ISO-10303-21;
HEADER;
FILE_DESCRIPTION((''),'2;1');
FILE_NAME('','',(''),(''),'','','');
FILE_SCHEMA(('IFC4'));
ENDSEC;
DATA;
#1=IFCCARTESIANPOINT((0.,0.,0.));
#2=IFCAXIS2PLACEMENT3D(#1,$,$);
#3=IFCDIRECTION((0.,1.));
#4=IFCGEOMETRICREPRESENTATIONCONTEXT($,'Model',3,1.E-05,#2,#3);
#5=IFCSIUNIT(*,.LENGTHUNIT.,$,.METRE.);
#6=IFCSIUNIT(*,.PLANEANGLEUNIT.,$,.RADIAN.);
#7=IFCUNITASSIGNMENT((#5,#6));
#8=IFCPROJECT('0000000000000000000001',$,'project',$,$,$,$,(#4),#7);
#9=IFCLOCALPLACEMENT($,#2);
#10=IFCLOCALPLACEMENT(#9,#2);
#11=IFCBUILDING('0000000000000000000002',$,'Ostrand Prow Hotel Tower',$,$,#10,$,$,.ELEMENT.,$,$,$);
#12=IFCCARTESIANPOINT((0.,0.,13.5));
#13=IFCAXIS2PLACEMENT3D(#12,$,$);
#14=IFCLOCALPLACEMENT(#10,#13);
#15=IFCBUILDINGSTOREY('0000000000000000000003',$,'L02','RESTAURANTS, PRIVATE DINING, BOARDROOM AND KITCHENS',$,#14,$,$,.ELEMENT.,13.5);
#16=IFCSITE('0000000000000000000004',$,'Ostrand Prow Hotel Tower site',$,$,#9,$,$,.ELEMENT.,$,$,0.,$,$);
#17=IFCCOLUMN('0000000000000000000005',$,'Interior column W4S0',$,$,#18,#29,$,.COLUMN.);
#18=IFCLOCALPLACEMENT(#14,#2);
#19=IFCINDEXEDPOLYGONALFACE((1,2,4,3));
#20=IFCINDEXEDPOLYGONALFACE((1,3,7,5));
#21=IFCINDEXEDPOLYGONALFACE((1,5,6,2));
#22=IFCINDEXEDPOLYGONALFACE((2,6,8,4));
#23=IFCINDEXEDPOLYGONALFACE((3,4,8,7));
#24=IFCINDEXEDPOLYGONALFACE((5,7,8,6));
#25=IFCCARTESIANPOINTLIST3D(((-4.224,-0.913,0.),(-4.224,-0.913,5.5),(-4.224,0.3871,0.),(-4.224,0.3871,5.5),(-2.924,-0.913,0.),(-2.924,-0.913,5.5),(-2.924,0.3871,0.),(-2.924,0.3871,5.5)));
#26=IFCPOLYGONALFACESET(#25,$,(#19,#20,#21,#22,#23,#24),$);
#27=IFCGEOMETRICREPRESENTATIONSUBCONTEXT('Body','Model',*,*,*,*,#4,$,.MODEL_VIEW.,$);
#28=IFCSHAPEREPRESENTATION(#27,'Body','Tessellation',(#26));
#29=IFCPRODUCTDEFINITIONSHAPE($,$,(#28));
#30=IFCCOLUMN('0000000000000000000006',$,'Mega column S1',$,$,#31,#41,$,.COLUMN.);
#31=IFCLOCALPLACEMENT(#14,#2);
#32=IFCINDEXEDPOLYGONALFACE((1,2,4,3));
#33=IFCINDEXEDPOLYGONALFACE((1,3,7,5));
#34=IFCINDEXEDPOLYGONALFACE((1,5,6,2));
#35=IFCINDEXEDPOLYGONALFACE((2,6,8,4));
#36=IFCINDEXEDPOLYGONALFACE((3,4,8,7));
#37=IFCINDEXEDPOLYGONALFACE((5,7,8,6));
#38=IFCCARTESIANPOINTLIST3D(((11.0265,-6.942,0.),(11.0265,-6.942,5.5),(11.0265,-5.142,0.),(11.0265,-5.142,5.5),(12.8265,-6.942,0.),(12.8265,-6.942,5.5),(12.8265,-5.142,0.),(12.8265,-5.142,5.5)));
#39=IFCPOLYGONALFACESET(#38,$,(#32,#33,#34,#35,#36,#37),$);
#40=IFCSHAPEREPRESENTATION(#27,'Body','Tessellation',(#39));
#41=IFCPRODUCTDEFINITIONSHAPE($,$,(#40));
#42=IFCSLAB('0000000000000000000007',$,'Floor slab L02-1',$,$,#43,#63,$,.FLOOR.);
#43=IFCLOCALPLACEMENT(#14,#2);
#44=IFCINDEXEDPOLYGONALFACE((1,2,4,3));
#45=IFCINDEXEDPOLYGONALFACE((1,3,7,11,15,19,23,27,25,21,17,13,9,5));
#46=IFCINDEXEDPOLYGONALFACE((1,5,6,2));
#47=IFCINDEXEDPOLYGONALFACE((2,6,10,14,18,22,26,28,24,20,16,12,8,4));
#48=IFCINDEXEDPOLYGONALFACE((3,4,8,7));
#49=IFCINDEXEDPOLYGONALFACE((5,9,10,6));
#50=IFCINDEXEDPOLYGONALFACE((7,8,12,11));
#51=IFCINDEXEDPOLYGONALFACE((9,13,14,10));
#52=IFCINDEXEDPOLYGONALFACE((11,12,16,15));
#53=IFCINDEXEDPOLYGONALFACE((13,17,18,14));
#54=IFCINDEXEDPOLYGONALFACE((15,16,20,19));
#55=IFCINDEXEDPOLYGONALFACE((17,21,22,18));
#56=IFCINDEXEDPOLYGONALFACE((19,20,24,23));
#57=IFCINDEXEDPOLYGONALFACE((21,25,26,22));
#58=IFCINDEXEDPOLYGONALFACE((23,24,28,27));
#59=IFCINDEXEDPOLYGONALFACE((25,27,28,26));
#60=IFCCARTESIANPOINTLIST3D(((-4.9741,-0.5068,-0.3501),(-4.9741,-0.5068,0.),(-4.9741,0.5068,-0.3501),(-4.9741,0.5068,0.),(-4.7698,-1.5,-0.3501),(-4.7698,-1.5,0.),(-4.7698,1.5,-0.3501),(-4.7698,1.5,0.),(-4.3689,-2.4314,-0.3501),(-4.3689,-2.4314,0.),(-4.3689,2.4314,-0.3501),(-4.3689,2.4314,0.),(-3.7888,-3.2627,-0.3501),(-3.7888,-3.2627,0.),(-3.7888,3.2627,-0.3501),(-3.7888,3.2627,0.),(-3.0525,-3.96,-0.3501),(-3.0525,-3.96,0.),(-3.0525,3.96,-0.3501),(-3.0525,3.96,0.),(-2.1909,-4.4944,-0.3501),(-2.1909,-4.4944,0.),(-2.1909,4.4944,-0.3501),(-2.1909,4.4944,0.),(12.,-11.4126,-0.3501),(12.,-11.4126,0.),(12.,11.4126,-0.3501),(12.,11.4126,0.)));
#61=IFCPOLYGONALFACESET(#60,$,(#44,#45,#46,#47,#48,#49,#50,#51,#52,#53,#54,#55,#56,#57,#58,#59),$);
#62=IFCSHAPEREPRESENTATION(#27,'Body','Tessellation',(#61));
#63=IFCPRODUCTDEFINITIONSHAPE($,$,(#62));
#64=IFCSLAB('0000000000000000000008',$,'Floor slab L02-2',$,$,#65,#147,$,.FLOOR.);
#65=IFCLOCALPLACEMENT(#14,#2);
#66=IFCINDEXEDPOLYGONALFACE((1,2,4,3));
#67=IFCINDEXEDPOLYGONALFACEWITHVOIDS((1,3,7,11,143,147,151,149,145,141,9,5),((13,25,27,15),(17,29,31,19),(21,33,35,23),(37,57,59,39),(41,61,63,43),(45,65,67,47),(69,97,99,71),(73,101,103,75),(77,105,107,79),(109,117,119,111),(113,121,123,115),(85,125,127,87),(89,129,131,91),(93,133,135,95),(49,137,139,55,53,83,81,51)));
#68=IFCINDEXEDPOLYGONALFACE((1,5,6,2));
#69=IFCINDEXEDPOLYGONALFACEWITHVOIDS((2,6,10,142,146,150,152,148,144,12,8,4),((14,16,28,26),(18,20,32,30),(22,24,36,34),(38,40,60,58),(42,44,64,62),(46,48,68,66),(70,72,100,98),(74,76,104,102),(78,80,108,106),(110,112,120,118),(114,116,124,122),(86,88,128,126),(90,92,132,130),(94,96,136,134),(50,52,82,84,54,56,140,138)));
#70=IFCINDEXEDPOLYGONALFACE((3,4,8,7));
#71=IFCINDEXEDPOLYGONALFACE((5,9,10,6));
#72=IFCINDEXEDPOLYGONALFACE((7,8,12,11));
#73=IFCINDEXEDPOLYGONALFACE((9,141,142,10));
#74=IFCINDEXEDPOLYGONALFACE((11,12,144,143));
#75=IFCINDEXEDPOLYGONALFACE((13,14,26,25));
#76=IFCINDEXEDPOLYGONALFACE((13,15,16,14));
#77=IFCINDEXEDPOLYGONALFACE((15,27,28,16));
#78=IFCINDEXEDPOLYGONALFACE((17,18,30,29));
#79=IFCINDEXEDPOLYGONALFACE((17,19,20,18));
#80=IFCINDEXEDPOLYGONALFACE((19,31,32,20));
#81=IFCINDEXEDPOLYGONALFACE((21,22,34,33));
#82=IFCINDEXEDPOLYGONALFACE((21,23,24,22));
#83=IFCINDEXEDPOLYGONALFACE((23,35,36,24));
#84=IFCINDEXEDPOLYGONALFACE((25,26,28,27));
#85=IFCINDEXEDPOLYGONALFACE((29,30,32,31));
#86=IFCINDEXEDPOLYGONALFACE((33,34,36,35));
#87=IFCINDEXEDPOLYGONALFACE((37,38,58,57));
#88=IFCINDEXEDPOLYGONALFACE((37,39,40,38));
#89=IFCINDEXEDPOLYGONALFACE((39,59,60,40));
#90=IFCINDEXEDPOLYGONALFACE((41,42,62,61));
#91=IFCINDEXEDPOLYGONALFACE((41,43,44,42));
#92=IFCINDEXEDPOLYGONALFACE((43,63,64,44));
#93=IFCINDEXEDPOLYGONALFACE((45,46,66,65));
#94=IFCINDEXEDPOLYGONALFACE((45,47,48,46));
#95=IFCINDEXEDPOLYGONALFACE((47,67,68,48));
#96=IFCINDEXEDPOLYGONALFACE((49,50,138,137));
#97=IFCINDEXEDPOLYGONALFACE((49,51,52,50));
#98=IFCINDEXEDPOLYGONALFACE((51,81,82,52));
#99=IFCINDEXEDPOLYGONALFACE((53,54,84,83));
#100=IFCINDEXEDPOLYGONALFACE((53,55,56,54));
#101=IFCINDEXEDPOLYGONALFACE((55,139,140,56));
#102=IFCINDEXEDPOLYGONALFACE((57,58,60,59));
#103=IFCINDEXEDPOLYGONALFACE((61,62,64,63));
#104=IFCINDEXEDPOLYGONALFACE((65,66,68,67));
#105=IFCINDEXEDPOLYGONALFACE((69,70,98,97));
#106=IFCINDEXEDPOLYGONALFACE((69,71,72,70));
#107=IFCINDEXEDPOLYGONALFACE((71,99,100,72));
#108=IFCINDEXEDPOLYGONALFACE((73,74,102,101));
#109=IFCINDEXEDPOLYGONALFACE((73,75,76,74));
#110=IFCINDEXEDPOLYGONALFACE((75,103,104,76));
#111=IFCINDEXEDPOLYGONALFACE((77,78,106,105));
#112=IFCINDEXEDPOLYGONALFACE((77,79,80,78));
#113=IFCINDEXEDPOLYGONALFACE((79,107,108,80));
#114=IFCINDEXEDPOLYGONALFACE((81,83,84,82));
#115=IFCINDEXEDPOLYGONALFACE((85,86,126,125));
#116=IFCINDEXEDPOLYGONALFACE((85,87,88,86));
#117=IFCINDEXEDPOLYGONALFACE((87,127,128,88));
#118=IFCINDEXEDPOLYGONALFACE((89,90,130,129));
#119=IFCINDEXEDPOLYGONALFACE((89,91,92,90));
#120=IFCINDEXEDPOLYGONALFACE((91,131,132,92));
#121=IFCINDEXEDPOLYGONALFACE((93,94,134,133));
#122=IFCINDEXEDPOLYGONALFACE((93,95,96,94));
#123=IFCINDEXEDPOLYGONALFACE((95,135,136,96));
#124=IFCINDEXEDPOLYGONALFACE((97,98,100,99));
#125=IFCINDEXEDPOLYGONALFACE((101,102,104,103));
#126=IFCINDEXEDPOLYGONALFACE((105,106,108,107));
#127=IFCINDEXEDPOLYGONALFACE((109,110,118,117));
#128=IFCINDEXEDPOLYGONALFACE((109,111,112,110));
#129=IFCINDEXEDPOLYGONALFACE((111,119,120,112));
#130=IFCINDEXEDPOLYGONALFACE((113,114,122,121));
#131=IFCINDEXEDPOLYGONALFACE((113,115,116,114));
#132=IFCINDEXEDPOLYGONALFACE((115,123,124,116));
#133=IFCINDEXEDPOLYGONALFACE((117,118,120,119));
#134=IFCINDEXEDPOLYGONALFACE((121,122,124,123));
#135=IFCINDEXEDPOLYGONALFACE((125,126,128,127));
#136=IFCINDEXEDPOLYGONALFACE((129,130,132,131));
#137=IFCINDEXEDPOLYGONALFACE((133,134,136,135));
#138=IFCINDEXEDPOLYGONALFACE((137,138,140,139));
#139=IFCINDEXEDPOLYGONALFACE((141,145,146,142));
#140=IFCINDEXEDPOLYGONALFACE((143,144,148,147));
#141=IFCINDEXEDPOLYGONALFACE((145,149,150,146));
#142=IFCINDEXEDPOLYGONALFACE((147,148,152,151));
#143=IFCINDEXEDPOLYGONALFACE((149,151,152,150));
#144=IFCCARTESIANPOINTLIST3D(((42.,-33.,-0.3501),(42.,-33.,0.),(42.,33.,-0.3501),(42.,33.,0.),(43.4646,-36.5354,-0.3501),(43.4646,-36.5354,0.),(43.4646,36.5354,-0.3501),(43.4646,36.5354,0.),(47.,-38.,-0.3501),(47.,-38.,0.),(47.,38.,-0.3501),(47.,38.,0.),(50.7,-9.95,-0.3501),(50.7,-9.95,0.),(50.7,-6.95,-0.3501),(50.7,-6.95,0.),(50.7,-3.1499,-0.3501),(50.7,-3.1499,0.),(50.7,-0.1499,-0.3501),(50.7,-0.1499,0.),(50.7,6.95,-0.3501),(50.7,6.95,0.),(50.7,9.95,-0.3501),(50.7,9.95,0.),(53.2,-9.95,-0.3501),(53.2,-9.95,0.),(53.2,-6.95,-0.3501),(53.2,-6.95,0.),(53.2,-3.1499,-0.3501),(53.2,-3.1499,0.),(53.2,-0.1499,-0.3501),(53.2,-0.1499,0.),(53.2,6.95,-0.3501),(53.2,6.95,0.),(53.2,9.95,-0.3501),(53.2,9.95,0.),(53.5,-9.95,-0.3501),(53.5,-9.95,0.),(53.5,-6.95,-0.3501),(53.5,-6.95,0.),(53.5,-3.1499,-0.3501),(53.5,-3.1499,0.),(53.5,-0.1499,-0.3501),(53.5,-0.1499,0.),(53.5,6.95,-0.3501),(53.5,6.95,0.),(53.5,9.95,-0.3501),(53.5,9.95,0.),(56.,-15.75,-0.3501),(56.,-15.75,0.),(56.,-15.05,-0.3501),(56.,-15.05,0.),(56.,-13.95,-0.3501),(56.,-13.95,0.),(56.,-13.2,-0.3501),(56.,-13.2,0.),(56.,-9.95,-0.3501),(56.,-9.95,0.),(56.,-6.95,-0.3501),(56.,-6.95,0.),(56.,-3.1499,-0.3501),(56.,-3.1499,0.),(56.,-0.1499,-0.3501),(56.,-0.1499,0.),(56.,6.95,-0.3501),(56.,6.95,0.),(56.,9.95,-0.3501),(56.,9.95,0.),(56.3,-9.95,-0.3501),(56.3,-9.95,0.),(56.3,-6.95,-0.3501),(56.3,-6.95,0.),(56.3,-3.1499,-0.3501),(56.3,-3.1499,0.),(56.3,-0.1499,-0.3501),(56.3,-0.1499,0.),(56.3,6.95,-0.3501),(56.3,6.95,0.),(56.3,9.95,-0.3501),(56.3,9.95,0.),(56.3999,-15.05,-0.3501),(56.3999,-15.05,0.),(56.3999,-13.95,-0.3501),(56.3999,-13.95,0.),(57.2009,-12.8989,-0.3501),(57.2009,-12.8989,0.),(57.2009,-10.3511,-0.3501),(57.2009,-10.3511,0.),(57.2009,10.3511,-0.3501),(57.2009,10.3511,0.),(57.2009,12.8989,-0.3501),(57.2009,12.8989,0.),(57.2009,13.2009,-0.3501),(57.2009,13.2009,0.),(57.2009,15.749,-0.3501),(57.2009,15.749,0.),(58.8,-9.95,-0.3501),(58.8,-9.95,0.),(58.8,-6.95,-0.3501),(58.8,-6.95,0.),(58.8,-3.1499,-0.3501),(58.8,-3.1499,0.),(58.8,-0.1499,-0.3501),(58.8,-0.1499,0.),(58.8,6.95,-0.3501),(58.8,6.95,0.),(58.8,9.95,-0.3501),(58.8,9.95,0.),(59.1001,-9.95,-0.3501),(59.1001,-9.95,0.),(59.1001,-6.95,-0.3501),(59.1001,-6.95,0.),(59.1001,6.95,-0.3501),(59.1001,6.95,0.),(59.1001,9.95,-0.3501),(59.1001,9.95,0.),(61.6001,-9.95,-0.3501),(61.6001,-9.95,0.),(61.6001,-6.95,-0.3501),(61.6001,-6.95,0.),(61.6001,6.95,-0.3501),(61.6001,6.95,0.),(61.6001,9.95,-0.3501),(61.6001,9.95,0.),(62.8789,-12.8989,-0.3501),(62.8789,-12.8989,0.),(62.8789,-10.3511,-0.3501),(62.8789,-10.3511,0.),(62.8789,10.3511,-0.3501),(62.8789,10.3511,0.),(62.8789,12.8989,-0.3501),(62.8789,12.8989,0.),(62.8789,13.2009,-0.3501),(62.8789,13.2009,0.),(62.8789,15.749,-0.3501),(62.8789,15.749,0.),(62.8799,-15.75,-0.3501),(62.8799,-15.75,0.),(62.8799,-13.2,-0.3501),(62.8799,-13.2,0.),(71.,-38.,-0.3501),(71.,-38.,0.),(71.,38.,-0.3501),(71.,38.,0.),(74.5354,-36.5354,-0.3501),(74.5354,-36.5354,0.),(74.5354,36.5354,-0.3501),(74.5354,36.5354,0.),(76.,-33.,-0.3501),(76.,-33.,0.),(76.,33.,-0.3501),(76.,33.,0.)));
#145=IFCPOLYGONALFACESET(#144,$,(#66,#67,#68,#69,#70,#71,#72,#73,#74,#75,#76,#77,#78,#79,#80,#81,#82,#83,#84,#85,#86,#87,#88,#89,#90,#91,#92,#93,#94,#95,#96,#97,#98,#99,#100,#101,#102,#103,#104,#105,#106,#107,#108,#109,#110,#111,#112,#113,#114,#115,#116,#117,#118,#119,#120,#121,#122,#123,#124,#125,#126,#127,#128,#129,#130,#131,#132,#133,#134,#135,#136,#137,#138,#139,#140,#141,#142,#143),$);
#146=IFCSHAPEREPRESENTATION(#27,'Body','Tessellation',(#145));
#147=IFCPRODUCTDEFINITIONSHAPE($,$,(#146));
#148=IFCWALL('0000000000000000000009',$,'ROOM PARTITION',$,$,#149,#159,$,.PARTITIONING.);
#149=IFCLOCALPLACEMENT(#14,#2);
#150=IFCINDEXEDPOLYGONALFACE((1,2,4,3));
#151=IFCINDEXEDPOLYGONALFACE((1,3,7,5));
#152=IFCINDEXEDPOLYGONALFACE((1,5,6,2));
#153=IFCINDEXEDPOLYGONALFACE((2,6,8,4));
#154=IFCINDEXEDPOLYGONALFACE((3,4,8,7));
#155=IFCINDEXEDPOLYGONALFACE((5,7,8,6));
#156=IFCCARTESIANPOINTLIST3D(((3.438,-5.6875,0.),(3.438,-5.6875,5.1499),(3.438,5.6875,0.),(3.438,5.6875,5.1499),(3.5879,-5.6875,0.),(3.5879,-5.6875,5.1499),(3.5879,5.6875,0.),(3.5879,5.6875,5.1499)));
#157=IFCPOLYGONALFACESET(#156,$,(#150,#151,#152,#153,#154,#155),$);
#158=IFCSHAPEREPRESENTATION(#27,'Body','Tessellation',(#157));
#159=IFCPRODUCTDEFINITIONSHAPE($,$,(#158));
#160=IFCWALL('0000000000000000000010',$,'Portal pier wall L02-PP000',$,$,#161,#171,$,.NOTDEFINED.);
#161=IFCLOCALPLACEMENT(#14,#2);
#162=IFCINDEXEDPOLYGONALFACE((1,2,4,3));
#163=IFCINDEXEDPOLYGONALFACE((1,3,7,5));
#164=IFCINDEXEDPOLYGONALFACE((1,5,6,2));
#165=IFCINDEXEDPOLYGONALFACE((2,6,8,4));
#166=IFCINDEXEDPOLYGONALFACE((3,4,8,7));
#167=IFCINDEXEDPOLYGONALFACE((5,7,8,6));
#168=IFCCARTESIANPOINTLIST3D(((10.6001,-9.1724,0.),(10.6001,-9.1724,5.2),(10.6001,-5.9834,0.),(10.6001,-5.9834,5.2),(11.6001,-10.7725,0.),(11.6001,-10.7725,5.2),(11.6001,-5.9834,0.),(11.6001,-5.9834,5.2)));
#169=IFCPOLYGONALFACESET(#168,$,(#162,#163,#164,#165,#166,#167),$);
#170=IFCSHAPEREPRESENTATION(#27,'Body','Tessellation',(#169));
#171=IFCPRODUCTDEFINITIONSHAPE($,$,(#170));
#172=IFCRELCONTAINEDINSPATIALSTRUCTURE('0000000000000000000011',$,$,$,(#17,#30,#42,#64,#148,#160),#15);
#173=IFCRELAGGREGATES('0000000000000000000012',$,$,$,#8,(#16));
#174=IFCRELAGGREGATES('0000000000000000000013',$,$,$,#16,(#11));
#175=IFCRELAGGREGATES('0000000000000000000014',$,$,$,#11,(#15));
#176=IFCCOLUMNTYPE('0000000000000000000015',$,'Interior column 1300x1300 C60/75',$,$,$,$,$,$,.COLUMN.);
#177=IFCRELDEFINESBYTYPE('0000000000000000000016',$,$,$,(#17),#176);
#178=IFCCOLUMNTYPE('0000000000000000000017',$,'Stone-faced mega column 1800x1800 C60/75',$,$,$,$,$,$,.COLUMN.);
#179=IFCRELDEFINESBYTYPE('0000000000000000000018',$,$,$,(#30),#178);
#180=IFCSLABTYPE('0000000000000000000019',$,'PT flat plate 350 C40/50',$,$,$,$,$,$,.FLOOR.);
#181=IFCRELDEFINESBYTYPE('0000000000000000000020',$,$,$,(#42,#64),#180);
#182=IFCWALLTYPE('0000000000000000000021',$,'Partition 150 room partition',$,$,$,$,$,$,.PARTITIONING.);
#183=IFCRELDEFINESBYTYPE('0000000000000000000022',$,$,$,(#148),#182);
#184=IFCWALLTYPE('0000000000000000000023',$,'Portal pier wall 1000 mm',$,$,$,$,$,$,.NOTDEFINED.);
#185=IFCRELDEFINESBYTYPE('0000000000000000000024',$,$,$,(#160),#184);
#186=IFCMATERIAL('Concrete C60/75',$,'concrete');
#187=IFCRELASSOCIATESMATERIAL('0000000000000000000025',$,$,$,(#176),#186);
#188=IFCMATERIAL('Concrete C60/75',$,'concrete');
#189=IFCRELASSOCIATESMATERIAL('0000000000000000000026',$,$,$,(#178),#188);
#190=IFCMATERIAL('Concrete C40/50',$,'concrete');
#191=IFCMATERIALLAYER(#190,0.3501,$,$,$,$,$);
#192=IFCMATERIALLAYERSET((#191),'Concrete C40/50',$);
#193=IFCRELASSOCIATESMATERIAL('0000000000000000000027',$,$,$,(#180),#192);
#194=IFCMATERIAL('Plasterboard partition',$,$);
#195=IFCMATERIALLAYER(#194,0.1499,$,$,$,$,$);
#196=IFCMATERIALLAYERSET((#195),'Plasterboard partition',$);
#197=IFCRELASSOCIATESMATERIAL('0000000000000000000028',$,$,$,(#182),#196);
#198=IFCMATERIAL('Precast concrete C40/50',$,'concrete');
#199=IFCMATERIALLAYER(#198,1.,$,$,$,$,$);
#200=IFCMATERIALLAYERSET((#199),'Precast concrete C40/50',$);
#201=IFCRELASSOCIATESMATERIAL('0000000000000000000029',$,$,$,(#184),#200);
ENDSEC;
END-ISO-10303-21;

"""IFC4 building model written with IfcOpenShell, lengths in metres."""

from ifc_helpers import new_model, si_unit, direction, frame, frame_2d, origin, origin_2d, place, context, subcontext, project, spatial, polyline, rectangle, outline, extrude, material, layer, layer_set, material_profile, profile_set, type_object, element, save


model = new_model("IFC4")

# Units and contexts
model_context = context("Model", 3, precision=1e-05, world=origin(), true_north=direction((0.0, 1.0)))
body_context = subcontext(model_context, "Body", "Model", "MODEL_VIEW")
ifc_project = project(units=[si_unit("LENGTHUNIT", "METRE"), si_unit("PLANEANGLEUNIT", "RADIAN")], contexts=[model_context])

# Site, building, storey
site_placement = place(None, origin())
site = spatial("IfcSite", under=ifc_project, at=site_placement, Name="Ostrand Prow Hotel Tower site", CompositionType="ELEMENT", RefElevation=0.0)
building_placement = place(site_placement, origin())
building = spatial("IfcBuilding", under=site, at=building_placement, Name="Ostrand Prow Hotel Tower", CompositionType="ELEMENT")
storey_placement = place(building_placement, frame((0.0, 0.0, 13.5)))
storey = spatial("IfcBuildingStorey", under=building, at=storey_placement, Name="L02", Description="RESTAURANTS, PRIVATE DINING, BOARDROOM AND KITCHENS", CompositionType="ELEMENT", Elevation=13.5)

# Columns
ifc_material_1 = material(Name="Concrete C60/75", Category="concrete")
ifc_material_profile_1 = material_profile(ifc_material_1, rectangle(XDim=1.3, YDim=1.3, at=origin_2d()), Name="RC 1300x1300")
ifc_profile_set_1 = profile_set([ifc_material_profile_1], Name="Concrete C60/75")
column_type_1 = type_object("IfcColumnType", Name="Interior column 1300x1300 C60/75", PredefinedType="COLUMN", material=ifc_profile_set_1)
column_1_placement = place(storey_placement, frame((-3.574, -0.2629, 0.0), z_axis=(0.0, 0.0, 1.0), x_axis=(1.0, 0.0, 0.0)))
element("IfcColumn", 1, at=column_1_placement, inside=storey, type_object=column_type_1, Name="Interior column W4S0", PredefinedType="COLUMN", context=body_context, shape_type="SweptSolid", body=[
    extrude(rectangle(XDim=1.3, YDim=1.3, at=origin_2d()), origin(), (0.0, 0.0, 1.0), 5.5),
])
ifc_material_2 = material(Name="Concrete C60/75", Category="concrete")
ifc_material_profile_2 = material_profile(ifc_material_2, rectangle(XDim=1.8, YDim=1.8, at=origin_2d()), Name="RC 1800x1800")
ifc_profile_set_2 = profile_set([ifc_material_profile_2], Name="Concrete C60/75")
column_type_2 = type_object("IfcColumnType", Name="Stone-faced mega column 1800x1800 C60/75", PredefinedType="COLUMN", material=ifc_profile_set_2)
column_2_placement = place(storey_placement, frame((11.9265, -6.042, 0.0), z_axis=(0.0, 0.0, 1.0), x_axis=(1.0, 0.0, 0.0)))
element("IfcColumn", 2, at=column_2_placement, inside=storey, type_object=column_type_2, Name="Mega column S1", PredefinedType="COLUMN", context=body_context, shape_type="SweptSolid", body=[
    extrude(rectangle(XDim=1.8, YDim=1.8, at=origin_2d()), origin(), (0.0, 0.0, 1.0), 5.5),
])

# Slab
ifc_material_3 = material(Name="Concrete C40/50", Category="concrete")
ifc_layer_1 = layer(ifc_material_3, 0.3501)
ifc_layer_set_1 = layer_set([ifc_layer_1], Name="Concrete C40/50")
slab_type = type_object("IfcSlabType", Name="PT flat plate 350 C40/50", PredefinedType="FLOOR", material=ifc_layer_set_1)
slab_1_placement = place(storey_placement, frame((0.0, 0.0, -0.3501)))
element("IfcSlab", 3, at=slab_1_placement, inside=storey, type_object=slab_type, Name="Floor slab L02-1", PredefinedType="FLOOR", context=body_context, shape_type="SweptSolid", body=[
    extrude(outline(polyline([(12.0, -11.4126), (-2.1909, -4.4944), (-3.0525, -3.96), (-3.7888, -3.2627), (-4.3689, -2.4314), (-4.7698, -1.5), (-4.9741, -0.5068), (-4.9741, 0.5068), (-4.7698, 1.5), (-4.3689, 2.4314), (-3.7888, 3.2627), (-3.0525, 3.96), (-2.1909, 4.4944), (12.0, 11.4126), (12.0, -11.4126)])), origin(), (0.0, 0.0, 1.0), 0.3501),
])

# Slab, opening
slab_2_placement = place(storey_placement, frame((0.0, 0.0, -0.3501)))
slab_2 = element("IfcSlab", 4, at=slab_2_placement, inside=storey, type_object=slab_type, Name="Floor slab L02-2", PredefinedType="FLOOR", context=body_context, shape_type="SweptSolid", body=[
    extrude(outline(polyline([(47.0, -38.0), (43.4646, -36.5354), (42.0, -33.0), (42.0, 33.0), (43.4646, 36.5354), (47.0, 38.0), (71.0, 38.0), (74.5354, 36.5354), (76.0, 33.0), (76.0, -33.0), (74.5354, -36.5354), (71.0, -38.0), (47.0, -38.0)]), holes=[polyline([(50.7, 6.95), (53.2, 6.95), (53.2, 9.95), (50.7, 9.95), (50.7, 6.95)]), polyline([(53.5, 6.95), (56.0, 6.95), (56.0, 9.95), (53.5, 9.95), (53.5, 6.95)]), polyline([(56.3, 6.95), (58.8, 6.95), (58.8, 9.95), (56.3, 9.95), (56.3, 6.95)]), polyline([(59.1001, 6.95), (61.6001, 6.95), (61.6001, 9.95), (59.1001, 9.95), (59.1001, 6.95)]), polyline([(50.7, -3.1499), (53.2, -3.1499), (53.2, -0.1499), (50.7, -0.1499), (50.7, -3.1499)]), polyline([(53.5, -3.1499), (56.0, -3.1499), (56.0, -0.1499), (53.5, -0.1499), (53.5, -3.1499)]), polyline([(56.3, -3.1499), (58.8, -3.1499), (58.8, -0.1499), (56.3, -0.1499), (56.3, -3.1499)]), polyline([(50.7, -9.95), (53.2, -9.95), (53.2, -6.95), (50.7, -6.95), (50.7, -9.95)]), polyline([(53.5, -9.95), (56.0, -9.95), (56.0, -6.95), (53.5, -6.95), (53.5, -9.95)]), polyline([(56.3, -9.95), (58.8, -9.95), (58.8, -6.95), (56.3, -6.95), (56.3, -9.95)]), polyline([(59.1001, -9.95), (61.6001, -9.95), (61.6001, -6.95), (59.1001, -6.95), (59.1001, -9.95)]), polyline([(57.2009, 10.3511), (57.2009, 12.8989), (62.8789, 12.8989), (62.8789, 10.3511), (57.2009, 10.3511)]), polyline([(57.2009, 13.2009), (57.2009, 15.749), (62.8789, 15.749), (62.8789, 13.2009), (57.2009, 13.2009)]), polyline([(57.2009, -12.8989), (57.2009, -10.3511), (62.8789, -10.3511), (62.8789, -12.8989), (57.2009, -12.8989)]), polyline([(56.0, -13.2), (62.8799, -13.2), (62.8799, -15.75), (56.0, -15.75), (56.0, -15.05), (56.3999, -15.05), (56.3999, -13.95), (56.0, -13.95), (56.0, -13.2)])]), origin(), (0.0, 0.0, 1.0), 0.3501),
])
opening_1_placement = place(slab_2_placement, origin())
element("IfcOpeningElement", 5, at=opening_1_placement, cuts=slab_2, PredefinedType="OPENING", context=body_context, shape_type="SweptSolid", body=[
    extrude(outline(polyline([(56.0, -13.2), (62.8799, -13.2), (62.8799, -15.75), (56.0, -15.75), (56.0, -15.05), (56.3999, -15.05), (56.3999, -13.95), (56.0, -13.95), (56.0, -13.2)])), origin(), (0.0, 0.0, 1.0), 0.3501),
])

# Walls
ifc_material_4 = material(Name="Plasterboard partition")
ifc_layer_2 = layer(ifc_material_4, 0.1499)
ifc_layer_set_2 = layer_set([ifc_layer_2], Name="Plasterboard partition")
wall_type_1 = type_object("IfcWallType", Name="Partition 150 room partition", PredefinedType="PARTITIONING", material=ifc_layer_set_2)
wall_1_placement = place(storey_placement, frame((3.5129, -5.6875, 0.0), z_axis=(0.0, 0.0, 1.0), x_axis=(0.0, 1.0, 0.0)))
element("IfcWall", 6, at=wall_1_placement, inside=storey, type_object=wall_type_1, Name="ROOM PARTITION", PredefinedType="PARTITIONING", context=body_context, shape_type="SweptSolid", body=[
    extrude(rectangle(XDim=11.375, YDim=0.1499, at=frame_2d((5.6875, 0.0))), origin(), (0.0, 0.0, 1.0), 5.1499),
])
ifc_material_5 = material(Name="Precast concrete C40/50", Category="concrete")
ifc_layer_3 = layer(ifc_material_5, 1.0)
ifc_layer_set_3 = layer_set([ifc_layer_3], Name="Precast concrete C40/50")
wall_type_2 = type_object("IfcWallType", Name="Portal pier wall 1000 mm", PredefinedType="NOTDEFINED", material=ifc_layer_set_3)
wall_2_placement = place(storey_placement, frame((11.1001, -9.9724, 0.0), z_axis=(0.0, 0.0, 1.0), x_axis=(0.0, 1.0, 0.0)))
element("IfcWall", 7, at=wall_2_placement, inside=storey, type_object=wall_type_2, Name="Portal pier wall L02-PP000", PredefinedType="NOTDEFINED", context=body_context, shape_type="SweptSolid", body=[
    extrude(outline(polyline([(-0.8, -0.5), (3.989, -0.5), (3.989, 0.5), (0.8, 0.5), (-0.8, -0.5)])), origin(), (0.0, 0.0, 1.0), 5.2),
])

save(model, "model.ifc")
